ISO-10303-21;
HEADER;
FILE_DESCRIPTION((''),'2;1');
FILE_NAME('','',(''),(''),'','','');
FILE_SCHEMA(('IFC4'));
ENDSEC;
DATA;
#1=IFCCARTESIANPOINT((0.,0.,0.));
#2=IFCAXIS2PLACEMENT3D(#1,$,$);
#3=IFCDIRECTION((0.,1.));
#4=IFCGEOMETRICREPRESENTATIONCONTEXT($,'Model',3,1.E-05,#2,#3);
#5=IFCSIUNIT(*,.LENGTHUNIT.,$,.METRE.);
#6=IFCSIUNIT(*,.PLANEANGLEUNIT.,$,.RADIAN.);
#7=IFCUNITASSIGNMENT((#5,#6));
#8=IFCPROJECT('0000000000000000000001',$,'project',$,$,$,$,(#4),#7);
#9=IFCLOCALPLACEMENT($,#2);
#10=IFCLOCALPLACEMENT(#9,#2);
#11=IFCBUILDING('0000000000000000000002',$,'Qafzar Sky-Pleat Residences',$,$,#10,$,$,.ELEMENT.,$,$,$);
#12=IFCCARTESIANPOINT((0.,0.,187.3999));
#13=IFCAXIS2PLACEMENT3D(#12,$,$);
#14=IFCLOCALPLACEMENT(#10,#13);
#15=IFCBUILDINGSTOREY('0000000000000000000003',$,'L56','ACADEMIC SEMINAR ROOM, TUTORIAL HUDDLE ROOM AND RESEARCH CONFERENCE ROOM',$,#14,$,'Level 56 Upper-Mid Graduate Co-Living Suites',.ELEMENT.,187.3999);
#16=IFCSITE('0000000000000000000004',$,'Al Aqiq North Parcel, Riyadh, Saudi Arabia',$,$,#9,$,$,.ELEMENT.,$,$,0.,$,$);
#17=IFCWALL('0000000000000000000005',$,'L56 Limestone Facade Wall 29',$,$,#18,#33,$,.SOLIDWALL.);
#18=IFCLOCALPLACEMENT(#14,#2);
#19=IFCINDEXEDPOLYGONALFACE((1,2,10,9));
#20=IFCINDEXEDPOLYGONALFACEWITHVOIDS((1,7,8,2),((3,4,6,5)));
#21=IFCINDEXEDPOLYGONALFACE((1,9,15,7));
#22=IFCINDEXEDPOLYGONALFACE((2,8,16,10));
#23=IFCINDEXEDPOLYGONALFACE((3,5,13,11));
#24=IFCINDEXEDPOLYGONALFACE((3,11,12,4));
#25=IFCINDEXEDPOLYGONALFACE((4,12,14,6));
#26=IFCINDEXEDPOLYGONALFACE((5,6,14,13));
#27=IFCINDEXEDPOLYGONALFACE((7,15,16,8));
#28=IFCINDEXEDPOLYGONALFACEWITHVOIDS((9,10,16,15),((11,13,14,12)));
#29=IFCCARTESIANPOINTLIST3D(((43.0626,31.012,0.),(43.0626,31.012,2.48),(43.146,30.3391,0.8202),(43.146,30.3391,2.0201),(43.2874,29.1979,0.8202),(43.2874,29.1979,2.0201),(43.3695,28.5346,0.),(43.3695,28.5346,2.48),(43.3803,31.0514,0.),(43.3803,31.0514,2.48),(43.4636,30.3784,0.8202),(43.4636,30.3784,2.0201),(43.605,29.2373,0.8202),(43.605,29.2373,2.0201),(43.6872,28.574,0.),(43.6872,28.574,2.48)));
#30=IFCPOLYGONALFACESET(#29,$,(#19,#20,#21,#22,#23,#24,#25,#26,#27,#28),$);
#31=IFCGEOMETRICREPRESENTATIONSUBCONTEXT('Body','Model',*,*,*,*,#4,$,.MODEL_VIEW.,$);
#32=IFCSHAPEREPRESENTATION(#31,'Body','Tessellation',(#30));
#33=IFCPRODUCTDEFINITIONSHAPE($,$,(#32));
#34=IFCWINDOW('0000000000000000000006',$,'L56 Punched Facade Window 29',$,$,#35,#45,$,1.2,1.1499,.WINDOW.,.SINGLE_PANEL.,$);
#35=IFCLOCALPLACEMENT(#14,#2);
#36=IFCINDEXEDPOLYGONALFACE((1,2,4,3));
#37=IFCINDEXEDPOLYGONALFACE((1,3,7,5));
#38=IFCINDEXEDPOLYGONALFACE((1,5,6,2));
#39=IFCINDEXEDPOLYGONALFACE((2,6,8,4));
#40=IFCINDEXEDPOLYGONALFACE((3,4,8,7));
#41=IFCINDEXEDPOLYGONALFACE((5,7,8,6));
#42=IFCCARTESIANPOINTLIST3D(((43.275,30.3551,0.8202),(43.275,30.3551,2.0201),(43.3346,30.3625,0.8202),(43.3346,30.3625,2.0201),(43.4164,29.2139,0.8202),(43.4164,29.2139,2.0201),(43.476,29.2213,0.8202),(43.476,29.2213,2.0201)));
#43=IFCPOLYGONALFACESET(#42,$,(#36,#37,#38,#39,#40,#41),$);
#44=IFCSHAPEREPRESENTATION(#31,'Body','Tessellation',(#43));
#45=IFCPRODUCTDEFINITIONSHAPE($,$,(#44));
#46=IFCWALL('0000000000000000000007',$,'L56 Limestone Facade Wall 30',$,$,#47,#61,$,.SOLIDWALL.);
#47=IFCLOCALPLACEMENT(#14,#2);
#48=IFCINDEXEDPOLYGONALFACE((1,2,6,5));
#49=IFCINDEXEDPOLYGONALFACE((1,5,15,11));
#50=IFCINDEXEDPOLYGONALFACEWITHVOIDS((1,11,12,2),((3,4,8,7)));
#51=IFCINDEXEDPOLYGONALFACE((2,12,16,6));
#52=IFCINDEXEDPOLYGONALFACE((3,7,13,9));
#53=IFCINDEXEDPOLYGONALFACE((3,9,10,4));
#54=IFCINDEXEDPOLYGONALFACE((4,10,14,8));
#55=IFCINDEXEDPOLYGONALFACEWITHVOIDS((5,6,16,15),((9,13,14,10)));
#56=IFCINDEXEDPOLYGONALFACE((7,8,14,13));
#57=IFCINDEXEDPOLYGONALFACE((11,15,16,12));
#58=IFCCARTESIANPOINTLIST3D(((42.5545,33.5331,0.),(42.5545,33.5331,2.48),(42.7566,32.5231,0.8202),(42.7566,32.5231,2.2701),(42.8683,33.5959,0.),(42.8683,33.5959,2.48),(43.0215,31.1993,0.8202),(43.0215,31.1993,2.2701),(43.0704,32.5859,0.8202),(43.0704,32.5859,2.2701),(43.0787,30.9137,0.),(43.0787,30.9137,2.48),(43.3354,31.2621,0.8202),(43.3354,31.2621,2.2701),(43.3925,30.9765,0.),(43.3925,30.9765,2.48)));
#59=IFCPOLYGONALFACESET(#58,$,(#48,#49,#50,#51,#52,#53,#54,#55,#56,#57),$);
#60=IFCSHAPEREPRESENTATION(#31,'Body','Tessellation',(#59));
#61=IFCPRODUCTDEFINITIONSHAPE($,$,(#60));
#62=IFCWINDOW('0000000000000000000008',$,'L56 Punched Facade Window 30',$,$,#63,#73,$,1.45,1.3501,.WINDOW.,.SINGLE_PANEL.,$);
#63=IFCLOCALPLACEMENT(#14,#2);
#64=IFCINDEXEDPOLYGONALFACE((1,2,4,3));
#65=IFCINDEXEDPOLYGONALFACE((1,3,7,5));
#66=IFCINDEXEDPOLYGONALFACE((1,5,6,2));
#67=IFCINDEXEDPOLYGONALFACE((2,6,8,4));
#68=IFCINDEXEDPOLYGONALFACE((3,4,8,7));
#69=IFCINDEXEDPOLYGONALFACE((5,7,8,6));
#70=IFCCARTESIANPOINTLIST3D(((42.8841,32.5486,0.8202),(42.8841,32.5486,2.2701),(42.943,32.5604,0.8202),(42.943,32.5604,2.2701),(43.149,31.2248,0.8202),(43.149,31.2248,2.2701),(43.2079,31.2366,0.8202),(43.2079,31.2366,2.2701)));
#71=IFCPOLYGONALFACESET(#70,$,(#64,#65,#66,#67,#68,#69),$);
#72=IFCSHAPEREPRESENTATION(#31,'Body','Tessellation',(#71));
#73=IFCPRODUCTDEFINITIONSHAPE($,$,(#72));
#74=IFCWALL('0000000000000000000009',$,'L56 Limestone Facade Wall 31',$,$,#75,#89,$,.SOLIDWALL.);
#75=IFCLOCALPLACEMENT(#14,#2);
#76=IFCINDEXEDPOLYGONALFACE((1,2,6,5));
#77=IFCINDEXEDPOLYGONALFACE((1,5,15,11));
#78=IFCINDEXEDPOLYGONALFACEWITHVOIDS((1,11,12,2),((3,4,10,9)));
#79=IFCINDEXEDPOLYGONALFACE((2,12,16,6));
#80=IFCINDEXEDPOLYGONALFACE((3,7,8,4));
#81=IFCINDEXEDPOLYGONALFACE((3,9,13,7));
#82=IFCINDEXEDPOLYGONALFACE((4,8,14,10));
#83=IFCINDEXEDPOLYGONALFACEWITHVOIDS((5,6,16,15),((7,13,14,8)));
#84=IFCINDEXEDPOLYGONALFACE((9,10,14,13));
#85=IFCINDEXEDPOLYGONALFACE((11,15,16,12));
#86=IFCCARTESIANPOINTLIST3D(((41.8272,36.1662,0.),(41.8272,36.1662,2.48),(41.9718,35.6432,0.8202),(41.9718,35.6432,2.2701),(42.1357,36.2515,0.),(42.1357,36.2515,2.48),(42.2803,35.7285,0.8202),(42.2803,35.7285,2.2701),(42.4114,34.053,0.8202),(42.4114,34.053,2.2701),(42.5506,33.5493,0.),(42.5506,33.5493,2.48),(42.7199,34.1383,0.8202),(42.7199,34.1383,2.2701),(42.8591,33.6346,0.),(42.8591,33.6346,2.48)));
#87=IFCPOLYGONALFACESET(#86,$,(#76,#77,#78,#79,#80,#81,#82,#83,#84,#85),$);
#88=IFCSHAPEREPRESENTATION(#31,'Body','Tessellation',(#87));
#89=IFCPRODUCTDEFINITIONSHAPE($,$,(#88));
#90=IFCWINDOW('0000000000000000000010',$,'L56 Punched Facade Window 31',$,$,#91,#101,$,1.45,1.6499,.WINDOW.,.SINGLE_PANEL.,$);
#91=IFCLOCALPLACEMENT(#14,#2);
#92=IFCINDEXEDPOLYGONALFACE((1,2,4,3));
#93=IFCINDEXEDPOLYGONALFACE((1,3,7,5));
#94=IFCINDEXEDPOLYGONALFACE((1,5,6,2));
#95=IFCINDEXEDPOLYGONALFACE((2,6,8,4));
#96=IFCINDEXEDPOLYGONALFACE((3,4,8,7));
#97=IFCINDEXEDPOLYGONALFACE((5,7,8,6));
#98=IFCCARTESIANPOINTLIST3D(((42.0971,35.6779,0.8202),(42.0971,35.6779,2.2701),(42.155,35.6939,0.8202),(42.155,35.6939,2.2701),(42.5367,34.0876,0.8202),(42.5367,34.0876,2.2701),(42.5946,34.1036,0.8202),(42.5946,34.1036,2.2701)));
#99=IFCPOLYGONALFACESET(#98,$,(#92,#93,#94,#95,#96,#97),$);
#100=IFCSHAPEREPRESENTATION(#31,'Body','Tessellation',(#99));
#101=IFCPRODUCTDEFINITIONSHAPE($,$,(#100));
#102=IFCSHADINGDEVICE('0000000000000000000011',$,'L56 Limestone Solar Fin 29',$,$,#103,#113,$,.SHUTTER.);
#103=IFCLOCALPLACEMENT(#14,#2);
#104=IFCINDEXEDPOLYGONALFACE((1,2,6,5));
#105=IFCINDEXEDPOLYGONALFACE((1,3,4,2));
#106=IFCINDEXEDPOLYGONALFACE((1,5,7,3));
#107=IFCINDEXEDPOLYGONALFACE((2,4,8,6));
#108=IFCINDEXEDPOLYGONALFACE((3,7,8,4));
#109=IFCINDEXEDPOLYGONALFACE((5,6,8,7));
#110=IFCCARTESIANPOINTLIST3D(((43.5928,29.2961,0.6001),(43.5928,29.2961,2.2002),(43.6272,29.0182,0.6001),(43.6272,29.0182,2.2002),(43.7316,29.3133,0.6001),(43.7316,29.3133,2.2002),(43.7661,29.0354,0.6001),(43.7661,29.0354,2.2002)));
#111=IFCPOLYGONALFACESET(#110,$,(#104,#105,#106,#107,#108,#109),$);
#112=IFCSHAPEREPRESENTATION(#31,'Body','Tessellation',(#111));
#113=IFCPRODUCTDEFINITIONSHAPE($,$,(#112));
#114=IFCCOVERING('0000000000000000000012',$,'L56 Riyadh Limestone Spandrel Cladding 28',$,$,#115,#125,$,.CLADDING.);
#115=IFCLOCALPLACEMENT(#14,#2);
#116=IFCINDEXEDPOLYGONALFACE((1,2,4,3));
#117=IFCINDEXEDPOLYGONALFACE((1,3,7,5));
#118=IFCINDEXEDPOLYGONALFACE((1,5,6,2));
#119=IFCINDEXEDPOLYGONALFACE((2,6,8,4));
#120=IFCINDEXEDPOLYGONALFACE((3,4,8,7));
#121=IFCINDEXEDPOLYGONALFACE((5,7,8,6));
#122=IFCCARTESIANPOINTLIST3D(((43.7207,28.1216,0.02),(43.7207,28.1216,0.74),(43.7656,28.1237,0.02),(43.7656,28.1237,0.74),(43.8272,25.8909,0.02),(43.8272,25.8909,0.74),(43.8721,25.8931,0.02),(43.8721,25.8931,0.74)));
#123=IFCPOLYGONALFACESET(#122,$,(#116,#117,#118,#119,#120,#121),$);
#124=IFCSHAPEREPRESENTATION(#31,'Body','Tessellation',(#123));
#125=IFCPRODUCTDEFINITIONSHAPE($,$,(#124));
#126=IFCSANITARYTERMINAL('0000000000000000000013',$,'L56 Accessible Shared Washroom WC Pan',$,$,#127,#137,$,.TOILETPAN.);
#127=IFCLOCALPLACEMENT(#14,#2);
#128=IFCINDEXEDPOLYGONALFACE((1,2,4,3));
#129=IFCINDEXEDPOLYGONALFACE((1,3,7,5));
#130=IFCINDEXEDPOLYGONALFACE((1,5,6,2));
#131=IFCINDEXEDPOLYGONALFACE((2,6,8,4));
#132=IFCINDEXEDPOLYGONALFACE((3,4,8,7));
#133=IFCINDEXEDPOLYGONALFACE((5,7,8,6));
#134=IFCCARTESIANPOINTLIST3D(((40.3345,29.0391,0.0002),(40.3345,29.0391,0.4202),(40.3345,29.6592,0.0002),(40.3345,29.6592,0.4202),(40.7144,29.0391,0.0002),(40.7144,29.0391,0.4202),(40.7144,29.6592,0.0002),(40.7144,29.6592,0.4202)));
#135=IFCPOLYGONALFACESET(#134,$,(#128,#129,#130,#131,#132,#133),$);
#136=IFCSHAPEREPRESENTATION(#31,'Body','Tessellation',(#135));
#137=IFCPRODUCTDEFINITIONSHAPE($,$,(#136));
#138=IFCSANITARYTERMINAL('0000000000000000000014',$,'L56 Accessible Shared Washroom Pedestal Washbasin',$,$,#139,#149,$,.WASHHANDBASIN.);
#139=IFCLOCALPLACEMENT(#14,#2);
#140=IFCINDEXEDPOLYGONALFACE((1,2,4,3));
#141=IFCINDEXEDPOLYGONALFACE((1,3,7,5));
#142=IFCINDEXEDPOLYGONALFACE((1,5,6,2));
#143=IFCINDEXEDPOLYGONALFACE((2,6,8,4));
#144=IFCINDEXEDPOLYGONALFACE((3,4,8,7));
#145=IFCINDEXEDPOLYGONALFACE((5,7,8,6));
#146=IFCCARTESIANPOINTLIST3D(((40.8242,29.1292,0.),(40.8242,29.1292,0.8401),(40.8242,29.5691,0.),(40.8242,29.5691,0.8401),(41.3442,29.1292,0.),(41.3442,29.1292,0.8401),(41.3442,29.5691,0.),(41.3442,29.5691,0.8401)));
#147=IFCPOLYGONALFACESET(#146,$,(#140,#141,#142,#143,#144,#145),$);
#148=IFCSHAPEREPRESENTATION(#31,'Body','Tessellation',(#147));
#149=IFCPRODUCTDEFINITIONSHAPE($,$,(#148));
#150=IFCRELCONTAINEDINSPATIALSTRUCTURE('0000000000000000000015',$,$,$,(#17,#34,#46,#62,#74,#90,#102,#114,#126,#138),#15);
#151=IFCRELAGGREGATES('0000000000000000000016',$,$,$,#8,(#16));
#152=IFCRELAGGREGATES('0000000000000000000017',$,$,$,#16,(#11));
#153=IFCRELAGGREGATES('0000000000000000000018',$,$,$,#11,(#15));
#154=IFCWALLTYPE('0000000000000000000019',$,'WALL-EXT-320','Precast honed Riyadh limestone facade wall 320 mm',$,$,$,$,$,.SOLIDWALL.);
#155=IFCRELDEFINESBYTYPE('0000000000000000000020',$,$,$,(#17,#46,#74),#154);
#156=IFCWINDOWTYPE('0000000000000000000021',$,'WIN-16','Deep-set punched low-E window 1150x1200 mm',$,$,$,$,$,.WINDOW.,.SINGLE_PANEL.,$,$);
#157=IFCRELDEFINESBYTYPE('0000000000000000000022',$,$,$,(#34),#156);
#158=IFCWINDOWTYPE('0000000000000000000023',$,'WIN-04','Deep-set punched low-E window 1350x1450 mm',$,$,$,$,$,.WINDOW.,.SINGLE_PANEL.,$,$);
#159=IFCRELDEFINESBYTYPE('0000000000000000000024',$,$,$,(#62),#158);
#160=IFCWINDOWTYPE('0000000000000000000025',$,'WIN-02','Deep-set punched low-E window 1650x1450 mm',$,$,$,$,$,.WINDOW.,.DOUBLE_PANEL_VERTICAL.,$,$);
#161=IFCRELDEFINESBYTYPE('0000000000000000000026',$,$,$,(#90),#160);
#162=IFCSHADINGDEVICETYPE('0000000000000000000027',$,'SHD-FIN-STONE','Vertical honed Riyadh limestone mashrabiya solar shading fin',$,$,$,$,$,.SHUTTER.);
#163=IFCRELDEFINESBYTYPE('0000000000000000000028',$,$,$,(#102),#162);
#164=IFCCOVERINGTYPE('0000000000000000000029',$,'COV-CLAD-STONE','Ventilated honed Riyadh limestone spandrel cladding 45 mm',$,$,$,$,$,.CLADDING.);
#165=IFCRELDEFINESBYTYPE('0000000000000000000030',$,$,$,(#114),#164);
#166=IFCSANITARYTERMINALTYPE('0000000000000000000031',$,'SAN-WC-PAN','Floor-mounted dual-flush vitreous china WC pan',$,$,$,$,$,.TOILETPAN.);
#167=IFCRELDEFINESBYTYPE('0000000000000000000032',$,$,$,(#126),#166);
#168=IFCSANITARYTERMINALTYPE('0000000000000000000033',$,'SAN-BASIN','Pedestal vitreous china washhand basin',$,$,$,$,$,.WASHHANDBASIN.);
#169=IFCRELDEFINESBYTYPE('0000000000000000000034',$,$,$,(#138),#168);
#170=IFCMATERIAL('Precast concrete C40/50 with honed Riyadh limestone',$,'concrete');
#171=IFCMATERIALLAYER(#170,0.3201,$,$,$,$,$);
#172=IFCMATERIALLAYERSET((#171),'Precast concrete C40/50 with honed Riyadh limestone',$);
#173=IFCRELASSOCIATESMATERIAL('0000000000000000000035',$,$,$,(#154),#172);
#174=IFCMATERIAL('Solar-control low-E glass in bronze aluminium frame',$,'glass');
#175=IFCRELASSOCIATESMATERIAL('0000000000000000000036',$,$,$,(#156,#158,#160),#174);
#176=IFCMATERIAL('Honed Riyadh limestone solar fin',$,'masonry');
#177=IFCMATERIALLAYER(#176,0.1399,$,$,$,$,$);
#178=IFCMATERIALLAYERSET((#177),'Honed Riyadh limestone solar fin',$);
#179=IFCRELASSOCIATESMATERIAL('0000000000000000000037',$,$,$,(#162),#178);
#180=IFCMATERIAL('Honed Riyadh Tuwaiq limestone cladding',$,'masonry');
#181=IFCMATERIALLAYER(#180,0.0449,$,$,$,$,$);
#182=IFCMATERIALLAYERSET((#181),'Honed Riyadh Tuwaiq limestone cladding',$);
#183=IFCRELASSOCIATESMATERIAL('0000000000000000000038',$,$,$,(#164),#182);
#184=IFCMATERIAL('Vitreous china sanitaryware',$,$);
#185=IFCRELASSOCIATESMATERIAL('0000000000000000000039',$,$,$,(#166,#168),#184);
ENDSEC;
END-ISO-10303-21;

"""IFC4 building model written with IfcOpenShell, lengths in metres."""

from ifc_helpers import new_model, si_unit, direction, frame, frame_2d, origin, origin_2d, place, context, subcontext, project, spatial, rectangle, extrude, source, transform, mapped, material, layer, layer_set, type_object, element, fill, save


model = new_model("IFC4")

# Units and contexts
model_context = context("Model", 3, precision=1e-05, world=origin(), true_north=direction((0.0, 1.0)))
body_context = subcontext(model_context, "Body", "Model", "MODEL_VIEW")
ifc_project = project(units=[si_unit("LENGTHUNIT", "METRE"), si_unit("PLANEANGLEUNIT", "RADIAN")], contexts=[model_context])

# Site, building, storey
site_placement = place(None, origin())
site = spatial("IfcSite", under=ifc_project, at=site_placement, Name="Al Aqiq North Parcel, Riyadh, Saudi Arabia", CompositionType="ELEMENT", RefElevation=0.0)
building_placement = place(site_placement, origin())
building = spatial("IfcBuilding", under=site, at=building_placement, Name="Qafzar Sky-Pleat Residences", CompositionType="ELEMENT")
storey_placement = place(building_placement, frame((0.0, 0.0, 187.3999)))
storey = spatial("IfcBuildingStorey", under=building, at=storey_placement, Name="L56", Description="ACADEMIC SEMINAR ROOM, TUTORIAL HUDDLE ROOM AND RESEARCH CONFERENCE ROOM", LongName="Level 56 Upper-Mid Graduate Co-Living Suites", CompositionType="ELEMENT", Elevation=187.3999)

# Walls, openings, windows
ifc_material_1 = material(Name="Precast concrete C40/50 with honed Riyadh limestone", Category="concrete")
ifc_layer_1 = layer(ifc_material_1, 0.3201)
ifc_layer_set_1 = layer_set([ifc_layer_1], Name="Precast concrete C40/50 with honed Riyadh limestone")
wall_type_1 = type_object("IfcWallType", Name="WALL-EXT-320", Description="Precast honed Riyadh limestone facade wall 320 mm", PredefinedType="SOLIDWALL", material=ifc_layer_set_1)
wall_1_placement = place(storey_placement, frame((43.5283, 28.5544, 0.0), z_axis=(0.0, 0.0, 1.0), x_axis=(-0.122939, 0.992414, 0.0)))
wall_1 = element("IfcWall", 1, at=wall_1_placement, inside=storey, type_object=wall_type_1, Name="L56 Limestone Facade Wall 29", PredefinedType="SOLIDWALL", context=body_context, shape_type="SweptSolid", body=[
    extrude(rectangle(XDim=2.4963, YDim=0.3201, at=frame_2d((1.248, 0.0))), origin(), (0.0, 0.0, 1.0), 2.48),
])
opening_1_placement = place(wall_1_placement, frame((0.6682, 0.0, 0.8201)))
opening_1 = element("IfcOpeningElement", 2, at=opening_1_placement, cuts=wall_1, PredefinedType="OPENING", context=body_context, shape_type="SweptSolid", body=[
    extrude(rectangle(XDim=1.1499, YDim=1.2, at=frame_2d((0.575, 0.6001))), frame((0.0, 0.1699, 0.0), z_axis=(0.0, -1.0, 0.0), x_axis=(1.0, 0.0, 0.0)), (0.0, 0.0, 1.0), 0.3401),
])
ifc_material_2 = material(Name="Solar-control low-E glass in bronze aluminium frame", Category="glass")
window_type_1 = type_object("IfcWindowType", Name="WIN-16", Description="Deep-set punched low-E window 1150x1200 mm", PartitioningType="SINGLE_PANEL", PredefinedType="WINDOW", material=ifc_material_2)
shared_shape_1 = source(origin(), body_context, "Body", "SweptSolid", [
    extrude(rectangle(XDim=1.1499, YDim=1.2, at=frame_2d((0.575, 0.6001))), frame((0.0, 0.03, 0.0), z_axis=(0.0, -1.0, 0.0), x_axis=(1.0, 0.0, 0.0)), (0.0, 0.0, 1.0), 0.0601),
])
window_1_placement = place(opening_1_placement, origin())
window_1 = element("IfcWindow", 3, at=window_1_placement, inside=storey, type_object=window_type_1, Name="L56 Punched Facade Window 29", OverallHeight=1.2, OverallWidth=1.1499, PartitioningType="SINGLE_PANEL", PredefinedType="WINDOW", context=body_context, shape_type="MappedRepresentation", body=[
    mapped(shared_shape_1, transform((0.0, 0.0, 0.0), x_axis=(1.0, 0.0, 0.0), y_axis=(0.0, 1.0, 0.0), z_axis=(0.0, 0.0, 1.0), scale=1.0)),
])
fill(opening_1, window_1)
wall_2_placement = place(storey_placement, frame((43.2356, 30.9451, 0.0), z_axis=(0.0, 0.0, 1.0), x_axis=(-0.196222, 0.98056, 0.0)))
wall_2 = element("IfcWall", 4, at=wall_2_placement, inside=storey, type_object=wall_type_1, Name="L56 Limestone Facade Wall 30", PredefinedType="SOLIDWALL", context=body_context, shape_type="SweptSolid", body=[
    extrude(rectangle(XDim=2.6714, YDim=0.3201, at=frame_2d((1.3357, 0.0))), origin(), (0.0, 0.0, 1.0), 2.48),
])
opening_2_placement = place(wall_2_placement, frame((0.2913, 0.0, 0.8201)))
opening_2 = element("IfcOpeningElement", 5, at=opening_2_placement, cuts=wall_2, PredefinedType="OPENING", context=body_context, shape_type="SweptSolid", body=[
    extrude(rectangle(XDim=1.3501, YDim=1.45, at=frame_2d((0.675, 0.7251))), frame((0.0, 0.1699, 0.0), z_axis=(0.0, -1.0, 0.0), x_axis=(1.0, 0.0, 0.0)), (0.0, 0.0, 1.0), 0.3401),
])
window_type_2 = type_object("IfcWindowType", Name="WIN-04", Description="Deep-set punched low-E window 1350x1450 mm", PartitioningType="SINGLE_PANEL", PredefinedType="WINDOW", material=ifc_material_2)
shared_shape_2 = source(origin(), body_context, "Body", "SweptSolid", [
    extrude(rectangle(XDim=1.3501, YDim=1.45, at=frame_2d((0.675, 0.7251))), frame((0.0, 0.03, 0.0), z_axis=(0.0, -1.0, 0.0), x_axis=(1.0, 0.0, 0.0)), (0.0, 0.0, 1.0), 0.0601),
])
window_2_placement = place(opening_2_placement, origin())
window_2 = element("IfcWindow", 6, at=window_2_placement, inside=storey, type_object=window_type_2, Name="L56 Punched Facade Window 30", OverallHeight=1.45, OverallWidth=1.3501, PartitioningType="SINGLE_PANEL", PredefinedType="WINDOW", context=body_context, shape_type="MappedRepresentation", body=[
    mapped(shared_shape_2, transform((0.0, 0.0, 0.0), x_axis=(1.0, 0.0, 0.0), y_axis=(0.0, 1.0, 0.0), z_axis=(0.0, 0.0, 1.0), scale=1.0)),
])
fill(opening_2, window_2)
wall_3_placement = place(storey_placement, frame((42.7048, 33.592, 0.0), z_axis=(0.0, 0.0, 1.0), x_axis=(-0.266433, 0.963853, 0.0)))
wall_3 = element("IfcWall", 7, at=wall_3_placement, inside=storey, type_object=wall_type_1, Name="L56 Limestone Facade Wall 31", PredefinedType="SOLIDWALL", context=body_context, shape_type="SweptSolid", body=[
    extrude(rectangle(XDim=2.7151, YDim=0.3201, at=frame_2d((1.3574, 0.0))), origin(), (0.0, 0.0, 1.0), 2.48),
])
opening_3_placement = place(wall_3_placement, frame((0.5225, 0.0, 0.8201)))
opening_3 = element("IfcOpeningElement", 8, at=opening_3_placement, cuts=wall_3, PredefinedType="OPENING", context=body_context, shape_type="SweptSolid", body=[
    extrude(rectangle(XDim=1.6499, YDim=1.45, at=frame_2d((0.825, 0.7251))), frame((0.0, 0.1699, 0.0), z_axis=(0.0, -1.0, 0.0), x_axis=(1.0, 0.0, 0.0)), (0.0, 0.0, 1.0), 0.3401),
])
window_type_3 = type_object("IfcWindowType", Name="WIN-02", Description="Deep-set punched low-E window 1650x1450 mm", PartitioningType="DOUBLE_PANEL_VERTICAL", PredefinedType="WINDOW", material=ifc_material_2)
shared_shape_3 = source(origin(), body_context, "Body", "SweptSolid", [
    extrude(rectangle(XDim=1.6499, YDim=1.45, at=frame_2d((0.825, 0.7251))), frame((0.0, 0.03, 0.0), z_axis=(0.0, -1.0, 0.0), x_axis=(1.0, 0.0, 0.0)), (0.0, 0.0, 1.0), 0.0601),
])
window_3_placement = place(opening_3_placement, origin())
window_3 = element("IfcWindow", 9, at=window_3_placement, inside=storey, type_object=window_type_3, Name="L56 Punched Facade Window 31", OverallHeight=1.45, OverallWidth=1.6499, PartitioningType="SINGLE_PANEL", PredefinedType="WINDOW", context=body_context, shape_type="MappedRepresentation", body=[
    mapped(shared_shape_3, transform((0.0, 0.0, 0.0), x_axis=(1.0, 0.0, 0.0), y_axis=(0.0, 1.0, 0.0), z_axis=(0.0, 0.0, 1.0), scale=1.0)),
])
fill(opening_3, window_3)

# Shading device
ifc_material_3 = material(Name="Honed Riyadh limestone solar fin", Category="masonry")
ifc_layer_2 = layer(ifc_material_3, 0.1399)
ifc_layer_set_2 = layer_set([ifc_layer_2], Name="Honed Riyadh limestone solar fin")
shading_device_type = type_object("IfcShadingDeviceType", Name="SHD-FIN-STONE", Description="Vertical honed Riyadh limestone mashrabiya solar shading fin", PredefinedType="SHUTTER", material=ifc_layer_set_2)
shared_shape_4 = source(origin(), body_context, "Body", "SweptSolid", [
    extrude(rectangle(XDim=0.1399, YDim=0.28, at=origin_2d()), origin(), (0.0, 0.0, 1.0), 1.6001),
])
shading_device_placement = place(storey_placement, frame((43.6794, 29.1658, 0.6001), z_axis=(0.0, 0.0, 1.0), x_axis=(0.992415, 0.122937, 0.0)))
element("IfcShadingDevice", 10, at=shading_device_placement, inside=storey, type_object=shading_device_type, Name="L56 Limestone Solar Fin 29", PredefinedType="SHUTTER", context=body_context, shape_type="MappedRepresentation", body=[
    mapped(shared_shape_4, transform((0.0, 0.0, 0.0), x_axis=(1.0, 0.0, 0.0), y_axis=(0.0, 1.0, 0.0), z_axis=(0.0, 0.0, 1.0), scale=1.0)),
])

# Covering
ifc_material_4 = material(Name="Honed Riyadh Tuwaiq limestone cladding", Category="masonry")
ifc_layer_3 = layer(ifc_material_4, 0.0449)
ifc_layer_set_3 = layer_set([ifc_layer_3], Name="Honed Riyadh Tuwaiq limestone cladding")
covering_type = type_object("IfcCoveringType", Name="COV-CLAD-STONE", Description="Ventilated honed Riyadh limestone spandrel cladding 45 mm", PredefinedType="CLADDING", material=ifc_layer_set_3)
shared_shape_5 = source(origin(), body_context, "Body", "SweptSolid", [
    extrude(rectangle(XDim=2.2332, YDim=0.0449, at=origin_2d()), origin(), (0.0, 0.0, 1.0), 0.72),
])
covering_placement = place(storey_placement, frame((43.7964, 27.0073, 0.02), z_axis=(0.0, 0.0, 1.0), x_axis=(-0.047674, 0.998863, 0.0)))
element("IfcCovering", 11, at=covering_placement, inside=storey, type_object=covering_type, Name="L56 Riyadh Limestone Spandrel Cladding 28", PredefinedType="CLADDING", context=body_context, shape_type="MappedRepresentation", body=[
    mapped(shared_shape_5, transform((0.0, 0.0, 0.0), x_axis=(1.0, 0.0, 0.0), y_axis=(0.0, 1.0, 0.0), z_axis=(0.0, 0.0, 1.0), scale=1.0)),
])

# Sanitary terminals
ifc_material_5 = material(Name="Vitreous china sanitaryware")
sanitary_terminal_type_1 = type_object("IfcSanitaryTerminalType", Name="SAN-WC-PAN", Description="Floor-mounted dual-flush vitreous china WC pan", PredefinedType="TOILETPAN", material=ifc_material_5)
shared_shape_6 = source(origin(), body_context, "Body", "SweptSolid", [
    extrude(rectangle(XDim=0.3799, YDim=0.6201, at=origin_2d()), origin(), (0.0, 0.0, 1.0), 0.4199),
])
sanitary_terminal_1_placement = place(storey_placement, frame((40.5244, 29.3491, 0.0002), z_axis=(0.0, 0.0, 1.0), x_axis=(1.0, 0.0, 0.0)))
element("IfcSanitaryTerminal", 12, at=sanitary_terminal_1_placement, inside=storey, type_object=sanitary_terminal_type_1, Name="L56 Accessible Shared Washroom WC Pan", PredefinedType="TOILETPAN", context=body_context, shape_type="MappedRepresentation", body=[
    mapped(shared_shape_6, transform((0.0, 0.0, 0.0), x_axis=(1.0, 0.0, 0.0), y_axis=(0.0, 1.0, 0.0), z_axis=(0.0, 0.0, 1.0), scale=1.0)),
])
sanitary_terminal_type_2 = type_object("IfcSanitaryTerminalType", Name="SAN-BASIN", Description="Pedestal vitreous china washhand basin", PredefinedType="WASHHANDBASIN", material=ifc_material_5)
shared_shape_7 = source(origin(), body_context, "Body", "SweptSolid", [
    extrude(rectangle(XDim=0.52, YDim=0.4399, at=origin_2d()), origin(), (0.0, 0.0, 1.0), 0.8401),
])
sanitary_terminal_2_placement = place(storey_placement, frame((41.0842, 29.3491, 0.0), z_axis=(0.0, 0.0, 1.0), x_axis=(1.0, 0.0, 0.0)))
element("IfcSanitaryTerminal", 13, at=sanitary_terminal_2_placement, inside=storey, type_object=sanitary_terminal_type_2, Name="L56 Accessible Shared Washroom Pedestal Washbasin", PredefinedType="WASHHANDBASIN", context=body_context, shape_type="MappedRepresentation", body=[
    mapped(shared_shape_7, transform((0.0, 0.0, 0.0), x_axis=(1.0, 0.0, 0.0), y_axis=(0.0, 1.0, 0.0), z_axis=(0.0, 0.0, 1.0), scale=1.0)),
])

save(model, "model.ifc")
